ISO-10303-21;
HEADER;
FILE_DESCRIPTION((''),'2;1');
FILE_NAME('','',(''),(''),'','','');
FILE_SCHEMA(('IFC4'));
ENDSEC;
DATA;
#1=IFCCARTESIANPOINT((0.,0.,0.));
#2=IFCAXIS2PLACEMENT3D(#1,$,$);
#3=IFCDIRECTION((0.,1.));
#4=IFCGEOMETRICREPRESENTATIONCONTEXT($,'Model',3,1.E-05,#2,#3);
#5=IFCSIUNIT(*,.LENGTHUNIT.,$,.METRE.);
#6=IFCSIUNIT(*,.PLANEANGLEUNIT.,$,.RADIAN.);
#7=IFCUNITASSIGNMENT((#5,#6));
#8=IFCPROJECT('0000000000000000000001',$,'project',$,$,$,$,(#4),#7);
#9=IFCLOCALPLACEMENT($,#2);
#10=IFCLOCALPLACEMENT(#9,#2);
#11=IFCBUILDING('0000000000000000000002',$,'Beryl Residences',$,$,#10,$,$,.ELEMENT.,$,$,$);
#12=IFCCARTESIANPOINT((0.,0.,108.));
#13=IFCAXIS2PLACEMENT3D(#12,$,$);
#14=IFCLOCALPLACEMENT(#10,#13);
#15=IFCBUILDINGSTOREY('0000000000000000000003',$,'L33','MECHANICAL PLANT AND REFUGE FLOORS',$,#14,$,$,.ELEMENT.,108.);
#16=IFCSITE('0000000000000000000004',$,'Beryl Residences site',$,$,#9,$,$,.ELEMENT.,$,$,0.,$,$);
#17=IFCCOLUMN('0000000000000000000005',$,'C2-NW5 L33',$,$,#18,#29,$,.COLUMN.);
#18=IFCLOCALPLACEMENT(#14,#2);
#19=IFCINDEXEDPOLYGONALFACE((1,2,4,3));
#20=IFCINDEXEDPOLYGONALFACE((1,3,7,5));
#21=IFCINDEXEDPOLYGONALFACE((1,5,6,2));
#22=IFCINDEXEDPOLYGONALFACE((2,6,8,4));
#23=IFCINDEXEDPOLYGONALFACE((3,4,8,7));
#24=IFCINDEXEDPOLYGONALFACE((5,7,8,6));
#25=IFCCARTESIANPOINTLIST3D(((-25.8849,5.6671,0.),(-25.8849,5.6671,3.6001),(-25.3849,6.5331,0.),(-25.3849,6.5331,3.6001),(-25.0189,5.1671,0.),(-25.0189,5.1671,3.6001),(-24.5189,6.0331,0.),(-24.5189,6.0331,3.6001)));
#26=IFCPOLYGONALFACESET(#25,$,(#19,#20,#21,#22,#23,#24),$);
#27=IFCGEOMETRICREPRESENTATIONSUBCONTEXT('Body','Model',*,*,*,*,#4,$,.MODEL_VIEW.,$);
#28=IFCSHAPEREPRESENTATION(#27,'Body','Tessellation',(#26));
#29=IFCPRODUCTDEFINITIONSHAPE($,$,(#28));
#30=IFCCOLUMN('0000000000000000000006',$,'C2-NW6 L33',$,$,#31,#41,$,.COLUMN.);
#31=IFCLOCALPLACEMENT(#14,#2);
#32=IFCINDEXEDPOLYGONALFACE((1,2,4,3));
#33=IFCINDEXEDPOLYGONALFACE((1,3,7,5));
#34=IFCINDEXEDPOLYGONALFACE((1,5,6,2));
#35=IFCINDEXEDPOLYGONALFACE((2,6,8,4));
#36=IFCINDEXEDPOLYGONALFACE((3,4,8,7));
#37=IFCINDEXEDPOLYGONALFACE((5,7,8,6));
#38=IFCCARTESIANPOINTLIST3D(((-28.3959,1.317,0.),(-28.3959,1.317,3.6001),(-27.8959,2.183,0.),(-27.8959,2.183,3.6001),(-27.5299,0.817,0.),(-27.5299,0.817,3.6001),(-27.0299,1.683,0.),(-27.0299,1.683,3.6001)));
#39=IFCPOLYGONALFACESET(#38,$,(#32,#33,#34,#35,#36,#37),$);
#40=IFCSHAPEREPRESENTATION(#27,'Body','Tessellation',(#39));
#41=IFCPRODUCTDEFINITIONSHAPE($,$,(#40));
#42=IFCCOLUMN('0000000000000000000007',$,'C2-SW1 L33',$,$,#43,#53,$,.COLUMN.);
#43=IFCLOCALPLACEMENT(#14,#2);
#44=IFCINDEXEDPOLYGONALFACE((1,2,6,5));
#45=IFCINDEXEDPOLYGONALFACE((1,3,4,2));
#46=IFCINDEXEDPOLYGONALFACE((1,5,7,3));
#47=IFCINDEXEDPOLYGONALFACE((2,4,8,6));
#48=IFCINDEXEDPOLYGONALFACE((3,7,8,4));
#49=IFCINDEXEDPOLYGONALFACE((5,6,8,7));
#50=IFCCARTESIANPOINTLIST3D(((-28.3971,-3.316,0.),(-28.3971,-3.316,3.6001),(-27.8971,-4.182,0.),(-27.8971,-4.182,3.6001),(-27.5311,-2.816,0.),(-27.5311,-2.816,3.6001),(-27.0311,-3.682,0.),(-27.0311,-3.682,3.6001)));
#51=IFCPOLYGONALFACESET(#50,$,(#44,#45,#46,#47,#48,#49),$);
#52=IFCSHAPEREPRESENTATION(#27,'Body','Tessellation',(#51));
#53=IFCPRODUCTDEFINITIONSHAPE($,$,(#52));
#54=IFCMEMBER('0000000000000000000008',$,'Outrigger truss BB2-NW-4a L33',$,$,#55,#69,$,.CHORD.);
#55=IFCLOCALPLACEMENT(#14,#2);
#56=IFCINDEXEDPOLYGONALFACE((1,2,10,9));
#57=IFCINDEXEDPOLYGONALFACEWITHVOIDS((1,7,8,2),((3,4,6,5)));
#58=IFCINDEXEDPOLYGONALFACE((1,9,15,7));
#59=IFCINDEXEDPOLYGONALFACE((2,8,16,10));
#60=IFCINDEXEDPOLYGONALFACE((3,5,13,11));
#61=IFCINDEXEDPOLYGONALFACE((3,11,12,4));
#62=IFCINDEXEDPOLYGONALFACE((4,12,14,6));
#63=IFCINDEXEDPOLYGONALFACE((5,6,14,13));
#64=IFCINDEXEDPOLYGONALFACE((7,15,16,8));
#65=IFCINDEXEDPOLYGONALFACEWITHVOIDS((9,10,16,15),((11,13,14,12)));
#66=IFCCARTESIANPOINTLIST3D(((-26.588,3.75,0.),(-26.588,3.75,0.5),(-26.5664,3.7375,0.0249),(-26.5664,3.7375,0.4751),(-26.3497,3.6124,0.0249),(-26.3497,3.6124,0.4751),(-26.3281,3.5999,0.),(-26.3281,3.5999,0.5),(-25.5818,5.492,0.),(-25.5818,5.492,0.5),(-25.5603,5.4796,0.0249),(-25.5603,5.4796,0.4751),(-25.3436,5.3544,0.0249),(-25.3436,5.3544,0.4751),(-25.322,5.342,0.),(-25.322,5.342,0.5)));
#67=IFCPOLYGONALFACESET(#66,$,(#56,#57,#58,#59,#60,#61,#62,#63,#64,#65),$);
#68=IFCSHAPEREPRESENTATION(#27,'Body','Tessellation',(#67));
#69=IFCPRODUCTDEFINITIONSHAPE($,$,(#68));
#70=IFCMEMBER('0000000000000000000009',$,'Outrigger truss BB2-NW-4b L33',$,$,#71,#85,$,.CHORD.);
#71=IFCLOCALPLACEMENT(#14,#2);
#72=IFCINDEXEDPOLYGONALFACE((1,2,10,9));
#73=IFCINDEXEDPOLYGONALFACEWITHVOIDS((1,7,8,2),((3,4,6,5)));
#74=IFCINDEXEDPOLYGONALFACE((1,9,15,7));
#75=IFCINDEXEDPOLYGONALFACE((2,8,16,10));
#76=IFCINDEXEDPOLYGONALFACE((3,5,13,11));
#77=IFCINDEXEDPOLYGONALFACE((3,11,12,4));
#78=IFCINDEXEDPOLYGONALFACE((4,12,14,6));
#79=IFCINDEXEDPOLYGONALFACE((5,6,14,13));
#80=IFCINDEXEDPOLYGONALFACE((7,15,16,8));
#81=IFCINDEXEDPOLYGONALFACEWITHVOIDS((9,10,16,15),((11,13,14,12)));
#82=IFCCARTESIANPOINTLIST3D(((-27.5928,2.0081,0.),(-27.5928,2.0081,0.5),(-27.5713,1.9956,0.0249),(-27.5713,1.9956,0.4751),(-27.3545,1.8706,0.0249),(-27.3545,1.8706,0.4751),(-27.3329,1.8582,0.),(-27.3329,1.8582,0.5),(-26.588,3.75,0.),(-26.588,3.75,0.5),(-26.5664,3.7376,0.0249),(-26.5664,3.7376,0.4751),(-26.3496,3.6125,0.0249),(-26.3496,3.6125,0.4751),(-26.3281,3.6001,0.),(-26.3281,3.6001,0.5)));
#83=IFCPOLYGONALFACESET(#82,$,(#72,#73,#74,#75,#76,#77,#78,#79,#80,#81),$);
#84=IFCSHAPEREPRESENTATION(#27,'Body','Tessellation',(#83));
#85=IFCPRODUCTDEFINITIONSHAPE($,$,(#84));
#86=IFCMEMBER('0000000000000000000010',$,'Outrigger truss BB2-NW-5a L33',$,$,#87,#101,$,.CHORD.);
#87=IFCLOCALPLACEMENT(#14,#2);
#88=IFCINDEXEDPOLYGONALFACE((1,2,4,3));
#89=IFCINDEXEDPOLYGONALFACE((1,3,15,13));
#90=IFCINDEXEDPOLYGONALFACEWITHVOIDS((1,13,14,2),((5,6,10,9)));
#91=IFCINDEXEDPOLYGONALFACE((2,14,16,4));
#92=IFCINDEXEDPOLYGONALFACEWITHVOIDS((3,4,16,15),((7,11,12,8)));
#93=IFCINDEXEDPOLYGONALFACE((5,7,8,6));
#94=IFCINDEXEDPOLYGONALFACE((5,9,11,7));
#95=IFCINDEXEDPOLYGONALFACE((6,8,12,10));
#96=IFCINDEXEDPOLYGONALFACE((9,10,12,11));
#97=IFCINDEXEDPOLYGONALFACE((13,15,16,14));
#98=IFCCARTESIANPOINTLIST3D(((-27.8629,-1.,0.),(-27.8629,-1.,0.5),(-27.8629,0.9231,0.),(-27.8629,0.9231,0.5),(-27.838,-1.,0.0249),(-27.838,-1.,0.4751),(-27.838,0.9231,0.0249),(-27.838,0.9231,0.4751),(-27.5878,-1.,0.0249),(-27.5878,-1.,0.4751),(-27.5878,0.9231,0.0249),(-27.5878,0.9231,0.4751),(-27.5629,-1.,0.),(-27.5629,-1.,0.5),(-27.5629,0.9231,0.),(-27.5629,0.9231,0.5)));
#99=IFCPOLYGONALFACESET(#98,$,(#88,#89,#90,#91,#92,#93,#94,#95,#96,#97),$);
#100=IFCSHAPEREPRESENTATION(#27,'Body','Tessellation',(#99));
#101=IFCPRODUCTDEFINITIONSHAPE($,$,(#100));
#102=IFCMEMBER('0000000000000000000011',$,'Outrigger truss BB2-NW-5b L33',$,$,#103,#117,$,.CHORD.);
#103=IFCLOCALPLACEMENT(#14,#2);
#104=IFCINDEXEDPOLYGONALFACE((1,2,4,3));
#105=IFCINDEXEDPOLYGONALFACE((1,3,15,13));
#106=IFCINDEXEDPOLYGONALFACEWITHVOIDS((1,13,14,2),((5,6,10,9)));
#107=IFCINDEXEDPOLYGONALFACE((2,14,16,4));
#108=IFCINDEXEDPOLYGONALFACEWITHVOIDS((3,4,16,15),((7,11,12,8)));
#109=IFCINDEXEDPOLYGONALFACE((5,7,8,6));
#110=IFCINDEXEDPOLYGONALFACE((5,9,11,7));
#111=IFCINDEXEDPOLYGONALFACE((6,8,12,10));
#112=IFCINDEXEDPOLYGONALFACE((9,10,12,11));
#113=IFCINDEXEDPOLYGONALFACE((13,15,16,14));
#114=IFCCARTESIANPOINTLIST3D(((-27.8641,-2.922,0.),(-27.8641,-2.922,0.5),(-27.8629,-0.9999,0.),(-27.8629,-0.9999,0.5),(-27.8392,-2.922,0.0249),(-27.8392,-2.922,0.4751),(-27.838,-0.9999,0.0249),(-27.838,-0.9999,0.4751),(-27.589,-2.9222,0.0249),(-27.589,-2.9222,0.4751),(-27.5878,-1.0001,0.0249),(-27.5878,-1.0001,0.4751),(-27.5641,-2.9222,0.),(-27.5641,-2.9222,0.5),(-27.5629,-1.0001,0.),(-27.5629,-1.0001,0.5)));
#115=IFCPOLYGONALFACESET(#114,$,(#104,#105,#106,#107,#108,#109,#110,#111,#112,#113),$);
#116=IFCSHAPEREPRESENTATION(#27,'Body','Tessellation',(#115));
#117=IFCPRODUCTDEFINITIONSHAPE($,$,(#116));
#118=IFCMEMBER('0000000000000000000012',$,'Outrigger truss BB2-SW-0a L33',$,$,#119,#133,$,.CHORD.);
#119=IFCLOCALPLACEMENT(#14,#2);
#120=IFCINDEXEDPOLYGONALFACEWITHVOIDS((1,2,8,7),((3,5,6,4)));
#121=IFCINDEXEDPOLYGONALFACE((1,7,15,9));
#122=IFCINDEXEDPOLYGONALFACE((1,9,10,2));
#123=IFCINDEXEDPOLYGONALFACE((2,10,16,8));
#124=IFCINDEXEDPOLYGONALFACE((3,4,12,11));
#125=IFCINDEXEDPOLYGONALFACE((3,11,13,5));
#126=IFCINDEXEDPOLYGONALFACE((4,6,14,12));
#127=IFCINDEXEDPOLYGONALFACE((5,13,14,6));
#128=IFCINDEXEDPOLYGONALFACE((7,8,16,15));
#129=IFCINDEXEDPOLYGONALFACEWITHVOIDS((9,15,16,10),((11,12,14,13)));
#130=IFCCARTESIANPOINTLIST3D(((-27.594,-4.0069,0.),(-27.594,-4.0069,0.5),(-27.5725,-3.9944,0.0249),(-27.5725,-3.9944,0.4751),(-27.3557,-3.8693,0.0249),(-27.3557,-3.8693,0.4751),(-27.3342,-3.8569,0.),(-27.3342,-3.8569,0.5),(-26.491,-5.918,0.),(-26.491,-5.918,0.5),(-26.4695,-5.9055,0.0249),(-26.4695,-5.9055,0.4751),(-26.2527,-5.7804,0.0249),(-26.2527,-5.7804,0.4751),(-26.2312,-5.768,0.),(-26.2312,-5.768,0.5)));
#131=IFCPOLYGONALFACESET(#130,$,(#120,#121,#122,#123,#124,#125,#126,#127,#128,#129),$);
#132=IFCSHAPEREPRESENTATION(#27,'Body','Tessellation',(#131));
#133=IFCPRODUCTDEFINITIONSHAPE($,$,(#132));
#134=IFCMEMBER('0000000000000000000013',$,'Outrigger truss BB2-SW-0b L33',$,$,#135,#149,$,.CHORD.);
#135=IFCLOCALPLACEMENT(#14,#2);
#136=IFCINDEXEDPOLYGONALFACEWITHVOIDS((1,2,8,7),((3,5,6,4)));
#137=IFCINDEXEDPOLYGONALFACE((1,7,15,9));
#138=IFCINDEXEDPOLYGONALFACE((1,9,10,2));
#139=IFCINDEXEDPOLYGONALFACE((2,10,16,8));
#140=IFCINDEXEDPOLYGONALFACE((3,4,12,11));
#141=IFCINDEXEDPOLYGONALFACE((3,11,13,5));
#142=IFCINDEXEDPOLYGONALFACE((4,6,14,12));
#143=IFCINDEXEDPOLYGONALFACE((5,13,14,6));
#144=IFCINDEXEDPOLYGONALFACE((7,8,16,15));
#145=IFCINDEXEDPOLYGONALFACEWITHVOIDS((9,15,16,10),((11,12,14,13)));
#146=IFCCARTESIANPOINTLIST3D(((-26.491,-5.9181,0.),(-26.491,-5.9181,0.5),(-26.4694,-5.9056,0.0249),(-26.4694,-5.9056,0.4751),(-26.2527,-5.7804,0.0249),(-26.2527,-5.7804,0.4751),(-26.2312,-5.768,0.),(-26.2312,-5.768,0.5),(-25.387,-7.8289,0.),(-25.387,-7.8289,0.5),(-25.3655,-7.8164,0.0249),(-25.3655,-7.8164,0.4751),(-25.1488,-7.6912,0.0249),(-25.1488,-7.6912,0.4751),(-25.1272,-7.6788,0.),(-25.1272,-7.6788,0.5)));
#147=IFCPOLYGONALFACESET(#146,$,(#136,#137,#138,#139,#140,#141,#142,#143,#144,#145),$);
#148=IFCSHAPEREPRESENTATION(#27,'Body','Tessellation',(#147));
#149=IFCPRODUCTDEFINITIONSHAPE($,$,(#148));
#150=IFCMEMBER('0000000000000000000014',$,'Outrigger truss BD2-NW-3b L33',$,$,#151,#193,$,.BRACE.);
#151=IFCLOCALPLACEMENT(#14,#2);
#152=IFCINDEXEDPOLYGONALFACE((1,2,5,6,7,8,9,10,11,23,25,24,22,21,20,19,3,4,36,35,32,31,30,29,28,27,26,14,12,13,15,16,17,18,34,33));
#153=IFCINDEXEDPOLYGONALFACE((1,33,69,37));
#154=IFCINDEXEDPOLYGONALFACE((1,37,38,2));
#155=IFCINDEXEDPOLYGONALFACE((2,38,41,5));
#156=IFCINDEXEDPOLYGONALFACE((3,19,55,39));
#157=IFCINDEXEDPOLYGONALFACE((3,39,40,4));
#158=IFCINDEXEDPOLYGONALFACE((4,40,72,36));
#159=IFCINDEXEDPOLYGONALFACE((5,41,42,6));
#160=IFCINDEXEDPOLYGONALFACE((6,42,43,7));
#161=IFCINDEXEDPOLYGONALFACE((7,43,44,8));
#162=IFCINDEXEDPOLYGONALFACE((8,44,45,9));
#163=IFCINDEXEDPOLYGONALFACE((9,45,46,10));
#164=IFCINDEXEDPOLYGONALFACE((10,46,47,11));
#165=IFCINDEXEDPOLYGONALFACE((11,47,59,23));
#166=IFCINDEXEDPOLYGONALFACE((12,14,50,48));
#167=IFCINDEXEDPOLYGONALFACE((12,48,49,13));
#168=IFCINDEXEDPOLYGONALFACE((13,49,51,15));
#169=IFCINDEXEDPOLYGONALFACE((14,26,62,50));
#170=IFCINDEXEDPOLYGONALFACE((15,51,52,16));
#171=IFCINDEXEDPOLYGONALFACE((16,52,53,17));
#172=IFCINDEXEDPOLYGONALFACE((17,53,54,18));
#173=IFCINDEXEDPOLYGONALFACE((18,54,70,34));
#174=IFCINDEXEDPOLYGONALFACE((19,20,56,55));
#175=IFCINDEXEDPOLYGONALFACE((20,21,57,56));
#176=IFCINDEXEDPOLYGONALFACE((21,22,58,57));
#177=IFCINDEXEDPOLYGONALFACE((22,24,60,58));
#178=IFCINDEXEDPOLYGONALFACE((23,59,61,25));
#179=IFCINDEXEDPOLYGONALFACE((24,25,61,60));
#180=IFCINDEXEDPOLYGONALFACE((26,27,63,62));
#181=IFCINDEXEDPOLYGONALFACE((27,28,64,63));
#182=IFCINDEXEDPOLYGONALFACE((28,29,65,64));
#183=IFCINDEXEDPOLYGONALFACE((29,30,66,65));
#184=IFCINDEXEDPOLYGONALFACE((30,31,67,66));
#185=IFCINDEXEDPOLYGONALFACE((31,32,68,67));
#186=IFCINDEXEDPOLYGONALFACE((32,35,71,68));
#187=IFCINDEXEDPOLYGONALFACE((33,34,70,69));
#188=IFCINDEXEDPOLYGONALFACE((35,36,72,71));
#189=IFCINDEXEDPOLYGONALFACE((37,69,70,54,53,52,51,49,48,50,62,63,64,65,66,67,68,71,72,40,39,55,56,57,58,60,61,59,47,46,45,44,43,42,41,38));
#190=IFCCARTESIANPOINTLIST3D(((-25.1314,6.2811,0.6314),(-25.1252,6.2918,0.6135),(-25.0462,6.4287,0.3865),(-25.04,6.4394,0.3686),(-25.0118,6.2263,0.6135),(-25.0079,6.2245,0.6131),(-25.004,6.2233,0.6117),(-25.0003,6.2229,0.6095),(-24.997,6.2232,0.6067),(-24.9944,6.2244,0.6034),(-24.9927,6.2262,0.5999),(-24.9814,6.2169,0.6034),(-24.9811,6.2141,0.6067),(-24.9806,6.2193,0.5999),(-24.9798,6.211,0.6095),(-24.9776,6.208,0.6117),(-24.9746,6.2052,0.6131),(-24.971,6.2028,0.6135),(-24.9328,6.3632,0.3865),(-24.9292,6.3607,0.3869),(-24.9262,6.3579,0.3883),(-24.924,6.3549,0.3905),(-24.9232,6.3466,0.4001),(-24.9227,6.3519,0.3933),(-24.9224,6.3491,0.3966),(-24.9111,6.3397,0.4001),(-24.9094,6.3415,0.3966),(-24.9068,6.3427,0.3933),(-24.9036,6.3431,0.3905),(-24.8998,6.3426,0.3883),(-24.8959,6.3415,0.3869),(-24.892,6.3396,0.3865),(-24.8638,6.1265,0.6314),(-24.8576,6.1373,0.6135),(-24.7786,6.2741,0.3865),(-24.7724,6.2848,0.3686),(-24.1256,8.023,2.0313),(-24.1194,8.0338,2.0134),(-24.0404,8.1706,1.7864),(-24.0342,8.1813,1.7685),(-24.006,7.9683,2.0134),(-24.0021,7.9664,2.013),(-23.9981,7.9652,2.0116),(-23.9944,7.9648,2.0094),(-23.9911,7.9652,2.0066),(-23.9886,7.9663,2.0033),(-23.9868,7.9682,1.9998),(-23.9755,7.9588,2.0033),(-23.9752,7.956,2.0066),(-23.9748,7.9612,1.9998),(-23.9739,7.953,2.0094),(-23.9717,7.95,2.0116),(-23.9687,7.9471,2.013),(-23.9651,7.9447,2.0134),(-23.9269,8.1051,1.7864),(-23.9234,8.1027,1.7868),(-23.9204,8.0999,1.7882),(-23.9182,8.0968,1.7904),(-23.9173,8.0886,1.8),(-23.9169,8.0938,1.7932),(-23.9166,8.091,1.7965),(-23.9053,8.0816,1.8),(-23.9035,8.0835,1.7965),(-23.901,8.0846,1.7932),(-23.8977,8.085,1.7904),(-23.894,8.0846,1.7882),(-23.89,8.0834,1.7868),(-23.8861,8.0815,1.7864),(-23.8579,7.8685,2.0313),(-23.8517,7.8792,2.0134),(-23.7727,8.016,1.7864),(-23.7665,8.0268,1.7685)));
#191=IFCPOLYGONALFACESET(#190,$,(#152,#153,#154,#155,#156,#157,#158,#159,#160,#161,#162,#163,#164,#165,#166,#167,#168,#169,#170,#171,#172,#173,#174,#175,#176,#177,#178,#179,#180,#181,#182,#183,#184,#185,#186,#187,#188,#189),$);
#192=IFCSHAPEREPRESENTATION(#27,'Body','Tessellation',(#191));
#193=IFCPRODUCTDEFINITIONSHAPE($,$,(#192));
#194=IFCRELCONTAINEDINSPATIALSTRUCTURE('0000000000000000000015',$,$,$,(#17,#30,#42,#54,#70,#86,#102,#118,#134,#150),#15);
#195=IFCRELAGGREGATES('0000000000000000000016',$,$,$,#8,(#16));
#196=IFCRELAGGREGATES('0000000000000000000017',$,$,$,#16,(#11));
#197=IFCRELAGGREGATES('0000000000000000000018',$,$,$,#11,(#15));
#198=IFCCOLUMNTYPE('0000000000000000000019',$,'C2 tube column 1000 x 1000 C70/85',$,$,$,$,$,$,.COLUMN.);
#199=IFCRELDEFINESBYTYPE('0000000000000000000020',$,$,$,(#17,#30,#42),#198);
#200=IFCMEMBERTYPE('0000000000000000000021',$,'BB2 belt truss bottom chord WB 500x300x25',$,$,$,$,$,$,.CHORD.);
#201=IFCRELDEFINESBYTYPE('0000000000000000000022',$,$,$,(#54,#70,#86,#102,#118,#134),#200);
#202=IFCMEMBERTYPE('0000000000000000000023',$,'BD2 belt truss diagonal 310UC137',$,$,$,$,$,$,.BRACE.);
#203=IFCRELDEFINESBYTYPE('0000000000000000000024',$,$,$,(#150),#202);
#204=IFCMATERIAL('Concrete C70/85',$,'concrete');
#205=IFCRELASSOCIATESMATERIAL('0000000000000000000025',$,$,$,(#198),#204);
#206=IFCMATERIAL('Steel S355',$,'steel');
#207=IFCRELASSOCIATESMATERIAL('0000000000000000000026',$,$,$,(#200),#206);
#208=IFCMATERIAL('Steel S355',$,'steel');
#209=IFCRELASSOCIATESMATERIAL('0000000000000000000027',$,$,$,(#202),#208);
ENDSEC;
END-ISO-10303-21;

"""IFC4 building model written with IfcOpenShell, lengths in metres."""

from ifc_helpers import new_model, si_unit, direction, frame, origin, origin_2d, place, context, subcontext, project, spatial, rectangle, hollow_rectangle, i_section, extrude, material, material_profile, profile_set, type_object, element, save


model = new_model("IFC4")

# Units and contexts
model_context = context("Model", 3, precision=1e-05, world=origin(), true_north=direction((0.0, 1.0)))
body_context = subcontext(model_context, "Body", "Model", "MODEL_VIEW")
ifc_project = project(units=[si_unit("LENGTHUNIT", "METRE"), si_unit("PLANEANGLEUNIT", "RADIAN")], contexts=[model_context])

# Site, building, storey
site_placement = place(None, origin())
site = spatial("IfcSite", under=ifc_project, at=site_placement, Name="Beryl Residences site", CompositionType="ELEMENT", RefElevation=0.0)
building_placement = place(site_placement, origin())
building = spatial("IfcBuilding", under=site, at=building_placement, Name="Beryl Residences", CompositionType="ELEMENT")
storey_placement = place(building_placement, frame((0.0, 0.0, 108.0)))
storey = spatial("IfcBuildingStorey", under=building, at=storey_placement, Name="L33", Description="MECHANICAL PLANT AND REFUGE FLOORS", CompositionType="ELEMENT", Elevation=108.0)

# Columns
ifc_material_1 = material(Name="Concrete C70/85", Category="concrete")
ifc_material_profile_1 = material_profile(ifc_material_1, rectangle(XDim=1.0, YDim=1.0, at=origin_2d()))
ifc_profile_set_1 = profile_set([ifc_material_profile_1], Name="Concrete C70/85")
column_type = type_object("IfcColumnType", Name="C2 tube column 1000 x 1000 C70/85", PredefinedType="COLUMN", material=ifc_profile_set_1)
for number, where, z_axis, x_axis, name in (
    (1, (-25.2019, 5.8501, 0.0), (0.0, 0.0, 1.0), (-0.5, -0.866025, 0.0), "C2-NW5 L33"),
    (2, (-27.7129, 1.5, 0.0), (0.0, 0.0, 1.0), (-0.5, -0.866025, 0.0), "C2-NW6 L33"),
    (3, (-27.7141, -3.499, 0.0), (0.0, 0.0, 1.0), (0.5, -0.866025, 0.0), "C2-SW1 L33"),
):
    element("IfcColumn", number, at=place(storey_placement, frame(where, z_axis=z_axis, x_axis=x_axis)), inside=storey, type_object=column_type, Name=name, PredefinedType="COLUMN", context=body_context, shape_type="SweptSolid", body=[
        extrude(rectangle(XDim=1.0, YDim=1.0, at=origin_2d()), origin(), (0.0, 0.0, 1.0), 3.6001),
    ])

# Members
ifc_material_2 = material(Name="Steel S355", Category="steel")
ifc_material_profile_2 = material_profile(ifc_material_2, hollow_rectangle(XDim=0.3, YDim=0.5, WallThickness=0.0249, at=origin_2d()))
ifc_profile_set_2 = profile_set([ifc_material_profile_2], Name="Steel S355")
member_type_1 = type_object("IfcMemberType", Name="BB2 belt truss bottom chord WB 500x300x25", PredefinedType="CHORD", material=ifc_profile_set_2)
member_1_placement = place(storey_placement, frame((-25.4519, 5.417, 0.25), z_axis=(-0.500146, -0.865941, 0.0), x_axis=(0.865941, -0.500146, 0.0)))
element("IfcMember", 4, at=member_1_placement, inside=storey, type_object=member_type_1, Name="Outrigger truss BB2-NW-4a L33", PredefinedType="CHORD", context=body_context, shape_type="SweptSolid", body=[
    extrude(hollow_rectangle(XDim=0.3, YDim=0.5, WallThickness=0.0249, at=origin_2d()), origin(), (0.0, 0.0, 1.0), 2.0117),
])
member_2_placement = place(storey_placement, frame((-26.458, 3.675, 0.25), z_axis=(-0.499691, -0.866204, 0.0), x_axis=(0.866204, -0.499691, 0.0)))
element("IfcMember", 5, at=member_2_placement, inside=storey, type_object=member_type_1, Name="Outrigger truss BB2-NW-4b L33", PredefinedType="CHORD", context=body_context, shape_type="SweptSolid", body=[
    extrude(hollow_rectangle(XDim=0.3, YDim=0.5, WallThickness=0.0249, at=origin_2d()), origin(), (0.0, 0.0, 1.0), 2.011),
])
member_3_placement = place(storey_placement, frame((-27.7129, 0.9231, 0.25), z_axis=(0.0, -1.0, 0.0), x_axis=(1.0, 0.0, 0.0)))
element("IfcMember", 6, at=member_3_placement, inside=storey, type_object=member_type_1, Name="Outrigger truss BB2-NW-5a L33", PredefinedType="CHORD", context=body_context, shape_type="SweptSolid", body=[
    extrude(hollow_rectangle(XDim=0.3, YDim=0.5, WallThickness=0.0249, at=origin_2d()), origin(), (0.0, 0.0, 1.0), 1.9231),
])
member_4_placement = place(storey_placement, frame((-27.7129, -1.0, 0.25), z_axis=(-0.000635, -1.0, 0.0), x_axis=(1.0, -0.000635, 0.0)))
element("IfcMember", 7, at=member_4_placement, inside=storey, type_object=member_type_1, Name="Outrigger truss BB2-NW-5b L33", PredefinedType="CHORD", context=body_context, shape_type="SweptSolid", body=[
    extrude(hollow_rectangle(XDim=0.3, YDim=0.5, WallThickness=0.0249, at=origin_2d()), origin(), (0.0, 0.0, 1.0), 1.9221),
])
member_5_placement = place(storey_placement, frame((-27.4641, -3.9319, 0.25), z_axis=(0.499876, -0.866097, 0.0), x_axis=(0.866097, 0.499876, 0.0)))
element("IfcMember", 8, at=member_5_placement, inside=storey, type_object=member_type_1, Name="Outrigger truss BB2-SW-0a L33", PredefinedType="CHORD", context=body_context, shape_type="SweptSolid", body=[
    extrude(hollow_rectangle(XDim=0.3, YDim=0.5, WallThickness=0.0249, at=origin_2d()), origin(), (0.0, 0.0, 1.0), 2.2065),
])
member_6_placement = place(storey_placement, frame((-26.3611, -5.843, 0.25), z_axis=(0.500255, -0.865878, 0.0), x_axis=(0.865878, 0.500255, 0.0)))
element("IfcMember", 9, at=member_6_placement, inside=storey, type_object=member_type_1, Name="Outrigger truss BB2-SW-0b L33", PredefinedType="CHORD", context=body_context, shape_type="SweptSolid", body=[
    extrude(hollow_rectangle(XDim=0.3, YDim=0.5, WallThickness=0.0249, at=origin_2d()), origin(), (0.0, 0.0, 1.0), 2.2068),
])
ifc_material_3 = material(Name="Steel S355", Category="steel")
ifc_material_profile_3 = material_profile(ifc_material_3, i_section(OverallWidth=0.3091, OverallDepth=0.3201, WebThickness=0.0139, FlangeThickness=0.0217, FilletRadius=0.0166, at=origin_2d()))
ifc_profile_set_3 = profile_set([ifc_material_profile_3], Name="Steel S355")
member_type_2 = type_object("IfcMemberType", Name="BD2 belt truss diagonal 310UC137", PredefinedType="BRACE", material=ifc_profile_set_3)
for number, where, z_axis, x_axis, name in (
    (10, (-24.9519, 6.283, 0.5), (0.41044, 0.710799, 0.57123), (-0.865994, 0.500055, 0.0), "Outrigger truss BD2-NW-3b L33"),
):
    element("IfcMember", number, at=place(storey_placement, frame(where, z_axis=z_axis, x_axis=x_axis)), inside=storey, type_object=member_type_2, Name=name, PredefinedType="BRACE", context=body_context, shape_type="SweptSolid", body=[
        extrude(i_section(OverallWidth=0.3091, OverallDepth=0.3201, WebThickness=0.0139, FlangeThickness=0.0217, FilletRadius=0.0166, at=origin_2d()), origin(), (0.0, 0.0, 1.0), 2.4507),
    ])

save(model, "model.ifc")
